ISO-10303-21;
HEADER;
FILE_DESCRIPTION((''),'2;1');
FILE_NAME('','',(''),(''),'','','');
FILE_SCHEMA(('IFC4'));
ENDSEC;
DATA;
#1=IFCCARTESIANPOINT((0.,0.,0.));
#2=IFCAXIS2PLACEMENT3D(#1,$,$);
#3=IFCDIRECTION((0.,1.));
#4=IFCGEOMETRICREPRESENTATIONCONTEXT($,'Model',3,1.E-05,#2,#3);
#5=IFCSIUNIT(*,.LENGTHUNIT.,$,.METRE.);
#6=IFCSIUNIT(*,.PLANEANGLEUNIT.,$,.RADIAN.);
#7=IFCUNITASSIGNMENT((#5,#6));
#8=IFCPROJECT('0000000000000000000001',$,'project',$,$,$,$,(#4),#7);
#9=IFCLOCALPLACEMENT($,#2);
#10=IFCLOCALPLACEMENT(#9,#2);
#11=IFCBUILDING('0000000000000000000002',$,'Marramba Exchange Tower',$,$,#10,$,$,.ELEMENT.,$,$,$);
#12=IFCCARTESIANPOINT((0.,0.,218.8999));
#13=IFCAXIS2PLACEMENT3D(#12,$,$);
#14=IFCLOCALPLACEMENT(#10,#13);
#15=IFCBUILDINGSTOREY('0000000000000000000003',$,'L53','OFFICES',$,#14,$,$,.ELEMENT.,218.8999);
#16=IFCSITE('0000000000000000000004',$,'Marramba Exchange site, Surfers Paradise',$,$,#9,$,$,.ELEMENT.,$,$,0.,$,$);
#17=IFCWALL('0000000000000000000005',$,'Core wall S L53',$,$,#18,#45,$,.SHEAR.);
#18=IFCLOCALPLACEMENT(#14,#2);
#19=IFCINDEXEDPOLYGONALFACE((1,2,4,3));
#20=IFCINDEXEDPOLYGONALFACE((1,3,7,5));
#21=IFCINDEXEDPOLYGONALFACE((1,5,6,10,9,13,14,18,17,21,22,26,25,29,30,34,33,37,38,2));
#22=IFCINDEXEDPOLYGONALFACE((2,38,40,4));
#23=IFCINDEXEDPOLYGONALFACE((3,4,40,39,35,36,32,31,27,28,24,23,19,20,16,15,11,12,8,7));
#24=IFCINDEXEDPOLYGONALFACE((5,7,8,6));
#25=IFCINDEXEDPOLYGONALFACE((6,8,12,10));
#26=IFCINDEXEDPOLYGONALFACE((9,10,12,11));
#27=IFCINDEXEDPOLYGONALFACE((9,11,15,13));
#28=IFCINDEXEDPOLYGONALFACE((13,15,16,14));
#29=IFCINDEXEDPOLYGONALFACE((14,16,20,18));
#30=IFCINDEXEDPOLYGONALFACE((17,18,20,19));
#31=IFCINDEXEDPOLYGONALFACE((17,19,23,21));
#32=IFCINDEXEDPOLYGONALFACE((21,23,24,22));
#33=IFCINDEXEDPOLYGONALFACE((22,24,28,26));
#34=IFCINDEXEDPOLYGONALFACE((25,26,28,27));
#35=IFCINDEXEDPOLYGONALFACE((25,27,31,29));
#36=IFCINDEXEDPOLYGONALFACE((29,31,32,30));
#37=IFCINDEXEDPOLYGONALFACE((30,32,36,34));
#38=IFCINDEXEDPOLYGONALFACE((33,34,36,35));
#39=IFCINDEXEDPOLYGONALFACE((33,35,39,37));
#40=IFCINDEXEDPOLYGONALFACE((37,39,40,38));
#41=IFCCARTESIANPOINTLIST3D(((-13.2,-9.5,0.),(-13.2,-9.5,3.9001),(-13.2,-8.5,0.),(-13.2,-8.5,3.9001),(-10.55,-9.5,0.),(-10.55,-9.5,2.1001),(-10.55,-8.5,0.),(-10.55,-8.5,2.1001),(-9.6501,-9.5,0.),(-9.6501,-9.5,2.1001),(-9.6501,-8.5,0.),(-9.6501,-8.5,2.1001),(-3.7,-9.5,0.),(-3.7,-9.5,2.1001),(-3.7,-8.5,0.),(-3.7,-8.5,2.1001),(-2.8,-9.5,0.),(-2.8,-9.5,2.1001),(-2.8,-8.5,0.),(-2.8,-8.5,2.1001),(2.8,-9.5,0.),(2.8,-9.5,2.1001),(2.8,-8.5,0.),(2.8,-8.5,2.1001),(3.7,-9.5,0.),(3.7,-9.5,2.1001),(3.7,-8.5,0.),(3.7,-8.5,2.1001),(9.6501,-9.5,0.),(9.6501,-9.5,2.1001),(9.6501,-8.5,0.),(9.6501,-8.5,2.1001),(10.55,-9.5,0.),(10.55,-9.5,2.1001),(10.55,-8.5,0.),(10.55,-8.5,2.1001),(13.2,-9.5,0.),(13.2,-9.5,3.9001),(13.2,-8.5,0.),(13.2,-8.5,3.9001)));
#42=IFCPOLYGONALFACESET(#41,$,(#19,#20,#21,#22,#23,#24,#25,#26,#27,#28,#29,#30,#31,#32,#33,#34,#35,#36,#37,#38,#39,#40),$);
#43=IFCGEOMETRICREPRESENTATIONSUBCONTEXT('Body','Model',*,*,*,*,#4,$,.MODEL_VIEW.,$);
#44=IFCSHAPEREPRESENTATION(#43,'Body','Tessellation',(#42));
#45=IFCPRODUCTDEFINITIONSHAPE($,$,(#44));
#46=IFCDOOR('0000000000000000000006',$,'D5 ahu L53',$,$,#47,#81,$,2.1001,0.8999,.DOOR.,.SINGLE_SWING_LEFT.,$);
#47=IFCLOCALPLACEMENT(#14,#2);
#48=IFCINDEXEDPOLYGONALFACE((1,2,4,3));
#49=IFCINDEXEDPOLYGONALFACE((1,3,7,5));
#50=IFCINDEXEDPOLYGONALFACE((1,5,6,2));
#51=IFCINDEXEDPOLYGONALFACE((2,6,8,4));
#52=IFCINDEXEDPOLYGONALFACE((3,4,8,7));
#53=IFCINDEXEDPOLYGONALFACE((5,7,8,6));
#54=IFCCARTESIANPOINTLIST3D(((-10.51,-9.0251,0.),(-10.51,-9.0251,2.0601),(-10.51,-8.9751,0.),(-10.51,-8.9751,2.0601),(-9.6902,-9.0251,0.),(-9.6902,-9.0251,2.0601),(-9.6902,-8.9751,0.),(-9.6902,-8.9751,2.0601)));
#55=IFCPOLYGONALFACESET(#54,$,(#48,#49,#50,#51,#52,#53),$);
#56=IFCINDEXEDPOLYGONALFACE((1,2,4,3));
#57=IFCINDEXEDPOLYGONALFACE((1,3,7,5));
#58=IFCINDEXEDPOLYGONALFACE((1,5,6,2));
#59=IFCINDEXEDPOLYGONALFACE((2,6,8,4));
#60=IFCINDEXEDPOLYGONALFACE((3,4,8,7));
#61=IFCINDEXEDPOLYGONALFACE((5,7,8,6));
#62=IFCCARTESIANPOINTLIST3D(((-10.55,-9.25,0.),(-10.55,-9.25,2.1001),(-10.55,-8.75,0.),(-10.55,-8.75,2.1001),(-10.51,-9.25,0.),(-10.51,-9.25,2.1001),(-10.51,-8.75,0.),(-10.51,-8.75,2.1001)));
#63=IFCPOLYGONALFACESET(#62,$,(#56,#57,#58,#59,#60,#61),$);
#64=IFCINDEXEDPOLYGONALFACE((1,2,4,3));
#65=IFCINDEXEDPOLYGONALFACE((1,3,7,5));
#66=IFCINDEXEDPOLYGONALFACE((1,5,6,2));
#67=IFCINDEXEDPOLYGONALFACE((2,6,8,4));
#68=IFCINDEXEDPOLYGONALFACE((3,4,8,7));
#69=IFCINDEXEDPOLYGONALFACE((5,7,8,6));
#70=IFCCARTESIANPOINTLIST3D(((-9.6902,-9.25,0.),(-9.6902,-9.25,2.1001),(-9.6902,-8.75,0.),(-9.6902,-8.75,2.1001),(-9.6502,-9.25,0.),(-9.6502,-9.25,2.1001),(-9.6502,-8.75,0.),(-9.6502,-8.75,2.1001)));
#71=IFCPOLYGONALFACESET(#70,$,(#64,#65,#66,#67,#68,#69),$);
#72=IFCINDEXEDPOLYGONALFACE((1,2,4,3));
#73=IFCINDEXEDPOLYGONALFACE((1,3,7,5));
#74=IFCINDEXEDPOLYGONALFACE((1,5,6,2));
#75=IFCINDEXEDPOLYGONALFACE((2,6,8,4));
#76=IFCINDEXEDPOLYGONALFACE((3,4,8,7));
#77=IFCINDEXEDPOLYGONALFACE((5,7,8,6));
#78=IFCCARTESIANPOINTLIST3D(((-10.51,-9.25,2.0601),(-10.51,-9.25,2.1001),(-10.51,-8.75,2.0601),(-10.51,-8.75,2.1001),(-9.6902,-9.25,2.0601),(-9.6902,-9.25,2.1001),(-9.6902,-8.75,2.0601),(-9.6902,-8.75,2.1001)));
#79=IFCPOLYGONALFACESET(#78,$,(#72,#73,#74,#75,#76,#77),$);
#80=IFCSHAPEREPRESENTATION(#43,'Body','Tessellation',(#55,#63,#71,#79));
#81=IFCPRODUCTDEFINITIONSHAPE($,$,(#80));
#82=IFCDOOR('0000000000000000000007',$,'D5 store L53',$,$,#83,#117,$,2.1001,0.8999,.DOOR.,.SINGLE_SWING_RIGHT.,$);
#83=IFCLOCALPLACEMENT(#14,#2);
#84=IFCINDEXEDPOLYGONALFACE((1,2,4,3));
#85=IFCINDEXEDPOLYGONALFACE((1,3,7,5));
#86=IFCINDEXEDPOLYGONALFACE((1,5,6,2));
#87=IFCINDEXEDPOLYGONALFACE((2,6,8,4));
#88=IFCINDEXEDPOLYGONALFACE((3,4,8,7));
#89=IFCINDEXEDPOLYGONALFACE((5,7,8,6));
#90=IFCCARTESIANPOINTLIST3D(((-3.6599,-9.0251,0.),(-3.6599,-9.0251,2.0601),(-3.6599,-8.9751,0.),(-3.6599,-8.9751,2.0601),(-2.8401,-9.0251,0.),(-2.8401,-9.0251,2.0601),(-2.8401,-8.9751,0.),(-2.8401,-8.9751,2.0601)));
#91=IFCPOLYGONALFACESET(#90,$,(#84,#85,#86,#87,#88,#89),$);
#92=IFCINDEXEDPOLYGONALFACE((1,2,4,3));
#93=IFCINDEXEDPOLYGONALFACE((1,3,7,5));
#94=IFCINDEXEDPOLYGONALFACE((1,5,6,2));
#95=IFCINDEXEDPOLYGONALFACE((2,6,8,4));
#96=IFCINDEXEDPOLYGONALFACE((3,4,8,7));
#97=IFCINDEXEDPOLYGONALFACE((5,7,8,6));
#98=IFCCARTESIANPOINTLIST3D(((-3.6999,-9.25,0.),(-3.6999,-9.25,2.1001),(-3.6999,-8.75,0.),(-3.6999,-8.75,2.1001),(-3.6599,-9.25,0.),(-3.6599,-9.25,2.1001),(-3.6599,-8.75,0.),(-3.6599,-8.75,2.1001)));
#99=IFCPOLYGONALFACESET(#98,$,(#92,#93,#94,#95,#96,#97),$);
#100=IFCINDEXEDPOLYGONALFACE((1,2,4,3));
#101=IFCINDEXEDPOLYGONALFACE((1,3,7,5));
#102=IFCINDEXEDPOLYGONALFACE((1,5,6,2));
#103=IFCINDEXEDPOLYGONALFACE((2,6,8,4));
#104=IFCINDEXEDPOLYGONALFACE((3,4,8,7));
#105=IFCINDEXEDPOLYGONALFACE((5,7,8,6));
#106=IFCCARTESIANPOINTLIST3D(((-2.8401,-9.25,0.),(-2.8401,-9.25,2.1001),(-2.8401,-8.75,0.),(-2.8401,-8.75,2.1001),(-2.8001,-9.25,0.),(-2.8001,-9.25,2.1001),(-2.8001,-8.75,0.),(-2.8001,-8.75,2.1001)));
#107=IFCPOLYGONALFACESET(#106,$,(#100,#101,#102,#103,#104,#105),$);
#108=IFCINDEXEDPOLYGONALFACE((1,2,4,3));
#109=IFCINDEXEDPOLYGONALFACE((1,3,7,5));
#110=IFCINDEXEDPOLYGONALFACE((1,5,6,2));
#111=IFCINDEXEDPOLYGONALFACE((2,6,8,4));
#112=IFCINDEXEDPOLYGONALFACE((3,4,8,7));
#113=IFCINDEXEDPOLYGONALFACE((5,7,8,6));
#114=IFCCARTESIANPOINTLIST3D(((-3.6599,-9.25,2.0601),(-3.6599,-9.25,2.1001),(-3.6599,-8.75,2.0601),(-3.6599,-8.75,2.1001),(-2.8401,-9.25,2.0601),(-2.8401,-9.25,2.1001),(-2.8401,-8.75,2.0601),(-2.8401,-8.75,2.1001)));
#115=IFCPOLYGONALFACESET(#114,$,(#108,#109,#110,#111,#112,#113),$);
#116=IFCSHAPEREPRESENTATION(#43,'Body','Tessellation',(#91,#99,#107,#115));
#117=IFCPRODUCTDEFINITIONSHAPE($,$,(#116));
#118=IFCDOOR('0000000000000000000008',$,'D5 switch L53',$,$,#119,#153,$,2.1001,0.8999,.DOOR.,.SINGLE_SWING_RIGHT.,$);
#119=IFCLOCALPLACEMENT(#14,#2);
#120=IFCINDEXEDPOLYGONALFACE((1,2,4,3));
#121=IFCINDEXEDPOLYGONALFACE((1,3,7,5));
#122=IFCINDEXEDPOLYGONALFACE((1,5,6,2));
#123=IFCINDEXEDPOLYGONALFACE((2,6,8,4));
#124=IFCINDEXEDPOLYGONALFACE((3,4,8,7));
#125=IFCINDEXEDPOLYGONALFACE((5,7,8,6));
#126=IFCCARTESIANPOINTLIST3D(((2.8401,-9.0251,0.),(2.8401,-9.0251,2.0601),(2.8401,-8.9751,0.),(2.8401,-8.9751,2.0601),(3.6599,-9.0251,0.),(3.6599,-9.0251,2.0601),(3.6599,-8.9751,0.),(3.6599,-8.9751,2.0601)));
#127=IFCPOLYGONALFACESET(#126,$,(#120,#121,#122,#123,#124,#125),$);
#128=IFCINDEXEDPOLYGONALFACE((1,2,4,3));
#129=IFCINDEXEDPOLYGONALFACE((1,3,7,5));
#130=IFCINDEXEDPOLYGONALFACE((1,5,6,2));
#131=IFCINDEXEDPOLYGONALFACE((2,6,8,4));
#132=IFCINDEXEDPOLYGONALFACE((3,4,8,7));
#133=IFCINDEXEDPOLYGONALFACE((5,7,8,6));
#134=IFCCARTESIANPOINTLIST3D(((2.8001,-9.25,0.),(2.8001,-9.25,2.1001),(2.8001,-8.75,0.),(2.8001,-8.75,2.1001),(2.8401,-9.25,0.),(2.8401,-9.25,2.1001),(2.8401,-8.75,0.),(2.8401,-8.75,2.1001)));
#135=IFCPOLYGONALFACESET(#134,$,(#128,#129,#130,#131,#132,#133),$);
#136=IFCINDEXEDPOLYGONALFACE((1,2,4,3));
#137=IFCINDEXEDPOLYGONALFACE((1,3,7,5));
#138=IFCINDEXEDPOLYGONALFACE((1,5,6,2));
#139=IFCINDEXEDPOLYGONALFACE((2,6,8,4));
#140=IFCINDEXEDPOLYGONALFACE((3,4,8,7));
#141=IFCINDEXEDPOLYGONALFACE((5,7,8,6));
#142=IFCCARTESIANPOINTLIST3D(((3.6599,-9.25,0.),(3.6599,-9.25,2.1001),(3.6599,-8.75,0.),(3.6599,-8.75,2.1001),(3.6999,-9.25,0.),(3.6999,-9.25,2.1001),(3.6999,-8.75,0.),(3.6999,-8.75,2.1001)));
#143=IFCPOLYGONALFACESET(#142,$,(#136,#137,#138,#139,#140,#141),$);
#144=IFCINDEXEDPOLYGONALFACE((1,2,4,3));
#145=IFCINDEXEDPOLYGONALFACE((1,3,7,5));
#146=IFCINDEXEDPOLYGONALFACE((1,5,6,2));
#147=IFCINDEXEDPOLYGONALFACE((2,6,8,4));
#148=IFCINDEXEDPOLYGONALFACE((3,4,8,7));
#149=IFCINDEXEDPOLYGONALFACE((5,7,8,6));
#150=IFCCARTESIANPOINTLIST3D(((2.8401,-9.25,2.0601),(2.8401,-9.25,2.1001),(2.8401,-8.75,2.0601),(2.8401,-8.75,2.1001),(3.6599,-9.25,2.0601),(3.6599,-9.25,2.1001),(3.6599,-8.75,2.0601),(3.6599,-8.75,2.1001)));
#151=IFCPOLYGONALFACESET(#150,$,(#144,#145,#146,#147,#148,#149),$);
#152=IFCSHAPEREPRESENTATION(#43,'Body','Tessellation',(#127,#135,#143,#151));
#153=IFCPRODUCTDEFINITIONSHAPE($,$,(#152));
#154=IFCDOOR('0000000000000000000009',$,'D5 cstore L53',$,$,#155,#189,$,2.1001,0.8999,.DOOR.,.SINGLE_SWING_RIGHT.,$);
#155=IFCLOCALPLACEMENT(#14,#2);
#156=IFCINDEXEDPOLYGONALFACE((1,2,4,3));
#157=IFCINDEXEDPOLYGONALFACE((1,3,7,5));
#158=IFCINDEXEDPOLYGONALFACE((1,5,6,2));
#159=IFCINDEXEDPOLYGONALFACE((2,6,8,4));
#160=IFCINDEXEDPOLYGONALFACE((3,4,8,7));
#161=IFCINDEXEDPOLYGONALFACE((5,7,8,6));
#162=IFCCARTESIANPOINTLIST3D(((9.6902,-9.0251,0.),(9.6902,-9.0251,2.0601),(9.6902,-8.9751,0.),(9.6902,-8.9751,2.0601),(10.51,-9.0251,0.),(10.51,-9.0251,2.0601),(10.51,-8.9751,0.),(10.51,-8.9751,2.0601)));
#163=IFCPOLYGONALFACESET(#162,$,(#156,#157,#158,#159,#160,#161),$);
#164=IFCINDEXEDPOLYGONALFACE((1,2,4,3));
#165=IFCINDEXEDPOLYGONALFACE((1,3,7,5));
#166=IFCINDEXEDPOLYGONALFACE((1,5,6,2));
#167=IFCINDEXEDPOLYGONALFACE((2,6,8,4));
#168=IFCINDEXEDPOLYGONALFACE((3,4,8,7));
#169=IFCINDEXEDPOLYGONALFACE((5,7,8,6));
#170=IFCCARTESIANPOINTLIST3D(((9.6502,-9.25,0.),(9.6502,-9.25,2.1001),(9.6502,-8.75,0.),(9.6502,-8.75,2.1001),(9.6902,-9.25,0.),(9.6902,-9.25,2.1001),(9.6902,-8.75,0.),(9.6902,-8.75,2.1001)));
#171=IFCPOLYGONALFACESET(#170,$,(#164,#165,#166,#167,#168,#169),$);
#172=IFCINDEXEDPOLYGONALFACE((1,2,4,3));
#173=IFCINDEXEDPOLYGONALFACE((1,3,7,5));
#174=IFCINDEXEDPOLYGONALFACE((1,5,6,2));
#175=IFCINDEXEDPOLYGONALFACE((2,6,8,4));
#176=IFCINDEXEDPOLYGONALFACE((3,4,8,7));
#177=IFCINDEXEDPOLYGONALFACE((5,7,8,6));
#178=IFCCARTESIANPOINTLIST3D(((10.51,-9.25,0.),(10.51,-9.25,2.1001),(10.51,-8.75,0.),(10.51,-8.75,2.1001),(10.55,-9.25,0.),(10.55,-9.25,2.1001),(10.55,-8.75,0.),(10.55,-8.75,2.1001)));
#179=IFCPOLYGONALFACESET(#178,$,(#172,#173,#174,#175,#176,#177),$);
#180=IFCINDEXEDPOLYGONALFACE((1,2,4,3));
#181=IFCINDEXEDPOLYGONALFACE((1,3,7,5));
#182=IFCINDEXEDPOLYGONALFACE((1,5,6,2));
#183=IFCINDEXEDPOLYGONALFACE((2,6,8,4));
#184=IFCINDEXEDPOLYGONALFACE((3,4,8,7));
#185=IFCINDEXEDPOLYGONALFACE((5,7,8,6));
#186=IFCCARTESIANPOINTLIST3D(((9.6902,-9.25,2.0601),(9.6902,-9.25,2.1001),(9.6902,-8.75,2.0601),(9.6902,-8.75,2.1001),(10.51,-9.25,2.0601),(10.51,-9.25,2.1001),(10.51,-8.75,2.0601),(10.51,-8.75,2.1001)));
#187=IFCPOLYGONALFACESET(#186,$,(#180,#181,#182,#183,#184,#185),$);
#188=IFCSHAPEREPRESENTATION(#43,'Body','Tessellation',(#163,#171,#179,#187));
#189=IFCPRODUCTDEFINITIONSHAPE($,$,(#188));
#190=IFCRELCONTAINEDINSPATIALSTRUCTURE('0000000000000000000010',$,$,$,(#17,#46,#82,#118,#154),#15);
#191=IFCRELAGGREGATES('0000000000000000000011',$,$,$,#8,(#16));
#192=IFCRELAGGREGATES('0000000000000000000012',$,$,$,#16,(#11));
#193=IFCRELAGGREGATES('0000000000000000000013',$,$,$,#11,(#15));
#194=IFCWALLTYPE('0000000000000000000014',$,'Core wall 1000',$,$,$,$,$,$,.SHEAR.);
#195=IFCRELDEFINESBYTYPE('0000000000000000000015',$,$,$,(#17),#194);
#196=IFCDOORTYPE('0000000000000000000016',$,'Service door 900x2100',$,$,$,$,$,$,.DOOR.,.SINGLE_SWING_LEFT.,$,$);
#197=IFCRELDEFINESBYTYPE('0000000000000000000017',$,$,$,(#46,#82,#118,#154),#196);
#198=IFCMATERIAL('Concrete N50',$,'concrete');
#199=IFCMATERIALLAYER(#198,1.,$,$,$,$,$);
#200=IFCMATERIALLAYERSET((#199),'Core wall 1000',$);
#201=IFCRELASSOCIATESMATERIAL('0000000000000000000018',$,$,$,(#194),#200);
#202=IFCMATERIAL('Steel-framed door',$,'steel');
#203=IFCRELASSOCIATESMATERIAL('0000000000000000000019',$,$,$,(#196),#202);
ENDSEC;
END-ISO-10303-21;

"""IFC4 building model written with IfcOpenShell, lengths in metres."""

from ifc_helpers import new_model, si_unit, direction, frame, frame_2d, origin, place, context, subcontext, project, spatial, rectangle, extrude, material, layer, layer_set, type_object, element, fill, save


model = new_model("IFC4")

# Units and contexts
model_context = context("Model", 3, precision=1e-05, world=origin(), true_north=direction((0.0, 1.0)))
body_context = subcontext(model_context, "Body", "Model", "MODEL_VIEW")
ifc_project = project(units=[si_unit("LENGTHUNIT", "METRE"), si_unit("PLANEANGLEUNIT", "RADIAN")], contexts=[model_context])

# Site, building, storey
site_placement = place(None, origin())
site = spatial("IfcSite", under=ifc_project, at=site_placement, Name="Marramba Exchange site, Surfers Paradise", CompositionType="ELEMENT", RefElevation=0.0)
building_placement = place(site_placement, origin())
building = spatial("IfcBuilding", under=site, at=building_placement, Name="Marramba Exchange Tower", CompositionType="ELEMENT")
storey_placement = place(building_placement, frame((0.0, 0.0, 218.8999)))
storey = spatial("IfcBuildingStorey", under=building, at=storey_placement, Name="L53", Description="OFFICES", CompositionType="ELEMENT", Elevation=218.8999)

# Shared definitions
ifc_material_1 = material(Name="Concrete N50", Category="concrete")

# Wall, openings, doors
ifc_layer_1 = layer(ifc_material_1, 1.0)
ifc_layer_set_1 = layer_set([ifc_layer_1], Name="Core wall 1000")
wall_type = type_object("IfcWallType", Name="Core wall 1000", PredefinedType="SHEAR", material=ifc_layer_set_1)
wall_placement = place(storey_placement, frame((-13.2, -9.0, 0.0), z_axis=(0.0, 0.0, 1.0), x_axis=(1.0, 0.0, 0.0)))
wall = element("IfcWall", 1, at=wall_placement, inside=storey, type_object=wall_type, Name="Core wall S L53", PredefinedType="SHEAR", context=body_context, shape_type="SweptSolid", body=[
    extrude(rectangle(XDim=26.3999, YDim=1.0, at=frame_2d((13.2, 0.0))), origin(), (0.0, 0.0, 1.0), 3.9001),
])
opening_1_placement = place(wall_placement, frame((2.6499, 0.0, 0.0)))
opening_1 = element("IfcOpeningElement", 2, at=opening_1_placement, cuts=wall, PredefinedType="OPENING", context=body_context, shape_type="SweptSolid", body=[
    extrude(rectangle(XDim=0.8999, YDim=2.1001, at=frame_2d((0.45, 1.05))), frame((0.0, 0.51, 0.0), z_axis=(0.0, -1.0, 0.0), x_axis=(1.0, 0.0, 0.0)), (0.0, 0.0, 1.0), 1.02),
])
opening_2_placement = place(wall_placement, frame((9.5, 0.0, 0.0)))
opening_2 = element("IfcOpeningElement", 3, at=opening_2_placement, cuts=wall, PredefinedType="OPENING", context=body_context, shape_type="SweptSolid", body=[
    extrude(rectangle(XDim=0.8999, YDim=2.1001, at=frame_2d((0.45, 1.05))), frame((0.0, 0.51, 0.0), z_axis=(0.0, -1.0, 0.0), x_axis=(1.0, 0.0, 0.0)), (0.0, 0.0, 1.0), 1.02),
])
opening_3_placement = place(wall_placement, frame((16.0, 0.0, 0.0)))
opening_3 = element("IfcOpeningElement", 4, at=opening_3_placement, cuts=wall, PredefinedType="OPENING", context=body_context, shape_type="SweptSolid", body=[
    extrude(rectangle(XDim=0.8999, YDim=2.1001, at=frame_2d((0.45, 1.05))), frame((0.0, 0.51, 0.0), z_axis=(0.0, -1.0, 0.0), x_axis=(1.0, 0.0, 0.0)), (0.0, 0.0, 1.0), 1.02),
])
opening_4_placement = place(wall_placement, frame((22.8501, 0.0, 0.0)))
opening_4 = element("IfcOpeningElement", 5, at=opening_4_placement, cuts=wall, PredefinedType="OPENING", context=body_context, shape_type="SweptSolid", body=[
    extrude(rectangle(XDim=0.8999, YDim=2.1001, at=frame_2d((0.45, 1.05))), frame((0.0, 0.51, 0.0), z_axis=(0.0, -1.0, 0.0), x_axis=(1.0, 0.0, 0.0)), (0.0, 0.0, 1.0), 1.02),
])
ifc_material_2 = material(Name="Steel-framed door", Category="steel")
door_type = type_object("IfcDoorType", Name="Service door 900x2100", OperationType="SINGLE_SWING_LEFT", PredefinedType="DOOR", material=ifc_material_2)
door_1_placement = place(opening_1_placement, origin())
door_1 = element("IfcDoor", 6, at=door_1_placement, inside=storey, type_object=door_type, Name="D5 ahu L53", OperationType="SINGLE_SWING_LEFT", OverallHeight=2.1001, OverallWidth=0.8999, PredefinedType="DOOR", context=body_context, shape_type="SweptSolid", body=[
    extrude(rectangle(XDim=0.8198, YDim=2.0601, at=frame_2d((0.45, 1.03))), frame((0.0, 0.0249, 0.0), z_axis=(0.0, -1.0, 0.0), x_axis=(1.0, 0.0, 0.0)), (0.0, 0.0, 1.0), 0.05),
    extrude(rectangle(XDim=0.04, YDim=2.1001, at=frame_2d((0.02, 1.05))), frame((0.0, 0.25, 0.0), z_axis=(0.0, -1.0, 0.0), x_axis=(1.0, 0.0, 0.0)), (0.0, 0.0, 1.0), 0.5),
    extrude(rectangle(XDim=0.04, YDim=2.1001, at=frame_2d((0.8799, 1.05))), frame((0.0, 0.25, 0.0), z_axis=(0.0, -1.0, 0.0), x_axis=(1.0, 0.0, 0.0)), (0.0, 0.0, 1.0), 0.5),
    extrude(rectangle(XDim=0.8198, YDim=0.04, at=frame_2d((0.45, 2.0801))), frame((0.0, 0.25, 0.0), z_axis=(0.0, -1.0, 0.0), x_axis=(1.0, 0.0, 0.0)), (0.0, 0.0, 1.0), 0.5),
])
fill(opening_1, door_1)
door_2_placement = place(opening_2_placement, origin())
door_2 = element("IfcDoor", 7, at=door_2_placement, inside=storey, type_object=door_type, Name="D5 store L53", OperationType="SINGLE_SWING_RIGHT", OverallHeight=2.1001, OverallWidth=0.8999, PredefinedType="DOOR", context=body_context, shape_type="SweptSolid", body=[
    extrude(rectangle(XDim=0.8198, YDim=2.0601, at=frame_2d((0.45, 1.03))), frame((0.0, 0.0249, 0.0), z_axis=(0.0, -1.0, 0.0), x_axis=(1.0, 0.0, 0.0)), (0.0, 0.0, 1.0), 0.05),
    extrude(rectangle(XDim=0.04, YDim=2.1001, at=frame_2d((0.02, 1.05))), frame((0.0, 0.25, 0.0), z_axis=(0.0, -1.0, 0.0), x_axis=(1.0, 0.0, 0.0)), (0.0, 0.0, 1.0), 0.5),
    extrude(rectangle(XDim=0.04, YDim=2.1001, at=frame_2d((0.8799, 1.05))), frame((0.0, 0.25, 0.0), z_axis=(0.0, -1.0, 0.0), x_axis=(1.0, 0.0, 0.0)), (0.0, 0.0, 1.0), 0.5),
    extrude(rectangle(XDim=0.8198, YDim=0.04, at=frame_2d((0.45, 2.0801))), frame((0.0, 0.25, 0.0), z_axis=(0.0, -1.0, 0.0), x_axis=(1.0, 0.0, 0.0)), (0.0, 0.0, 1.0), 0.5),
])
fill(opening_2, door_2)
door_3_placement = place(opening_3_placement, origin())
door_3 = element("IfcDoor", 8, at=door_3_placement, inside=storey, type_object=door_type, Name="D5 switch L53", OperationType="SINGLE_SWING_RIGHT", OverallHeight=2.1001, OverallWidth=0.8999, PredefinedType="DOOR", context=body_context, shape_type="SweptSolid", body=[
    extrude(rectangle(XDim=0.8198, YDim=2.0601, at=frame_2d((0.45, 1.03))), frame((0.0, 0.0249, 0.0), z_axis=(0.0, -1.0, 0.0), x_axis=(1.0, 0.0, 0.0)), (0.0, 0.0, 1.0), 0.05),
    extrude(rectangle(XDim=0.04, YDim=2.1001, at=frame_2d((0.02, 1.05))), frame((0.0, 0.25, 0.0), z_axis=(0.0, -1.0, 0.0), x_axis=(1.0, 0.0, 0.0)), (0.0, 0.0, 1.0), 0.5),
    extrude(rectangle(XDim=0.04, YDim=2.1001, at=frame_2d((0.8799, 1.05))), frame((0.0, 0.25, 0.0), z_axis=(0.0, -1.0, 0.0), x_axis=(1.0, 0.0, 0.0)), (0.0, 0.0, 1.0), 0.5),
    extrude(rectangle(XDim=0.8198, YDim=0.04, at=frame_2d((0.45, 2.0801))), frame((0.0, 0.25, 0.0), z_axis=(0.0, -1.0, 0.0), x_axis=(1.0, 0.0, 0.0)), (0.0, 0.0, 1.0), 0.5),
])
fill(opening_3, door_3)
door_4_placement = place(opening_4_placement, origin())
door_4 = element("IfcDoor", 9, at=door_4_placement, inside=storey, type_object=door_type, Name="D5 cstore L53", OperationType="SINGLE_SWING_RIGHT", OverallHeight=2.1001, OverallWidth=0.8999, PredefinedType="DOOR", context=body_context, shape_type="SweptSolid", body=[
    extrude(rectangle(XDim=0.8198, YDim=2.0601, at=frame_2d((0.45, 1.03))), frame((0.0, 0.0249, 0.0), z_axis=(0.0, -1.0, 0.0), x_axis=(1.0, 0.0, 0.0)), (0.0, 0.0, 1.0), 0.05),
    extrude(rectangle(XDim=0.04, YDim=2.1001, at=frame_2d((0.02, 1.05))), frame((0.0, 0.25, 0.0), z_axis=(0.0, -1.0, 0.0), x_axis=(1.0, 0.0, 0.0)), (0.0, 0.0, 1.0), 0.5),
    extrude(rectangle(XDim=0.04, YDim=2.1001, at=frame_2d((0.8799, 1.05))), frame((0.0, 0.25, 0.0), z_axis=(0.0, -1.0, 0.0), x_axis=(1.0, 0.0, 0.0)), (0.0, 0.0, 1.0), 0.5),
    extrude(rectangle(XDim=0.8198, YDim=0.04, at=frame_2d((0.45, 2.0801))), frame((0.0, 0.25, 0.0), z_axis=(0.0, -1.0, 0.0), x_axis=(1.0, 0.0, 0.0)), (0.0, 0.0, 1.0), 0.5),
])
fill(opening_4, door_4)

save(model, "model.ifc")
